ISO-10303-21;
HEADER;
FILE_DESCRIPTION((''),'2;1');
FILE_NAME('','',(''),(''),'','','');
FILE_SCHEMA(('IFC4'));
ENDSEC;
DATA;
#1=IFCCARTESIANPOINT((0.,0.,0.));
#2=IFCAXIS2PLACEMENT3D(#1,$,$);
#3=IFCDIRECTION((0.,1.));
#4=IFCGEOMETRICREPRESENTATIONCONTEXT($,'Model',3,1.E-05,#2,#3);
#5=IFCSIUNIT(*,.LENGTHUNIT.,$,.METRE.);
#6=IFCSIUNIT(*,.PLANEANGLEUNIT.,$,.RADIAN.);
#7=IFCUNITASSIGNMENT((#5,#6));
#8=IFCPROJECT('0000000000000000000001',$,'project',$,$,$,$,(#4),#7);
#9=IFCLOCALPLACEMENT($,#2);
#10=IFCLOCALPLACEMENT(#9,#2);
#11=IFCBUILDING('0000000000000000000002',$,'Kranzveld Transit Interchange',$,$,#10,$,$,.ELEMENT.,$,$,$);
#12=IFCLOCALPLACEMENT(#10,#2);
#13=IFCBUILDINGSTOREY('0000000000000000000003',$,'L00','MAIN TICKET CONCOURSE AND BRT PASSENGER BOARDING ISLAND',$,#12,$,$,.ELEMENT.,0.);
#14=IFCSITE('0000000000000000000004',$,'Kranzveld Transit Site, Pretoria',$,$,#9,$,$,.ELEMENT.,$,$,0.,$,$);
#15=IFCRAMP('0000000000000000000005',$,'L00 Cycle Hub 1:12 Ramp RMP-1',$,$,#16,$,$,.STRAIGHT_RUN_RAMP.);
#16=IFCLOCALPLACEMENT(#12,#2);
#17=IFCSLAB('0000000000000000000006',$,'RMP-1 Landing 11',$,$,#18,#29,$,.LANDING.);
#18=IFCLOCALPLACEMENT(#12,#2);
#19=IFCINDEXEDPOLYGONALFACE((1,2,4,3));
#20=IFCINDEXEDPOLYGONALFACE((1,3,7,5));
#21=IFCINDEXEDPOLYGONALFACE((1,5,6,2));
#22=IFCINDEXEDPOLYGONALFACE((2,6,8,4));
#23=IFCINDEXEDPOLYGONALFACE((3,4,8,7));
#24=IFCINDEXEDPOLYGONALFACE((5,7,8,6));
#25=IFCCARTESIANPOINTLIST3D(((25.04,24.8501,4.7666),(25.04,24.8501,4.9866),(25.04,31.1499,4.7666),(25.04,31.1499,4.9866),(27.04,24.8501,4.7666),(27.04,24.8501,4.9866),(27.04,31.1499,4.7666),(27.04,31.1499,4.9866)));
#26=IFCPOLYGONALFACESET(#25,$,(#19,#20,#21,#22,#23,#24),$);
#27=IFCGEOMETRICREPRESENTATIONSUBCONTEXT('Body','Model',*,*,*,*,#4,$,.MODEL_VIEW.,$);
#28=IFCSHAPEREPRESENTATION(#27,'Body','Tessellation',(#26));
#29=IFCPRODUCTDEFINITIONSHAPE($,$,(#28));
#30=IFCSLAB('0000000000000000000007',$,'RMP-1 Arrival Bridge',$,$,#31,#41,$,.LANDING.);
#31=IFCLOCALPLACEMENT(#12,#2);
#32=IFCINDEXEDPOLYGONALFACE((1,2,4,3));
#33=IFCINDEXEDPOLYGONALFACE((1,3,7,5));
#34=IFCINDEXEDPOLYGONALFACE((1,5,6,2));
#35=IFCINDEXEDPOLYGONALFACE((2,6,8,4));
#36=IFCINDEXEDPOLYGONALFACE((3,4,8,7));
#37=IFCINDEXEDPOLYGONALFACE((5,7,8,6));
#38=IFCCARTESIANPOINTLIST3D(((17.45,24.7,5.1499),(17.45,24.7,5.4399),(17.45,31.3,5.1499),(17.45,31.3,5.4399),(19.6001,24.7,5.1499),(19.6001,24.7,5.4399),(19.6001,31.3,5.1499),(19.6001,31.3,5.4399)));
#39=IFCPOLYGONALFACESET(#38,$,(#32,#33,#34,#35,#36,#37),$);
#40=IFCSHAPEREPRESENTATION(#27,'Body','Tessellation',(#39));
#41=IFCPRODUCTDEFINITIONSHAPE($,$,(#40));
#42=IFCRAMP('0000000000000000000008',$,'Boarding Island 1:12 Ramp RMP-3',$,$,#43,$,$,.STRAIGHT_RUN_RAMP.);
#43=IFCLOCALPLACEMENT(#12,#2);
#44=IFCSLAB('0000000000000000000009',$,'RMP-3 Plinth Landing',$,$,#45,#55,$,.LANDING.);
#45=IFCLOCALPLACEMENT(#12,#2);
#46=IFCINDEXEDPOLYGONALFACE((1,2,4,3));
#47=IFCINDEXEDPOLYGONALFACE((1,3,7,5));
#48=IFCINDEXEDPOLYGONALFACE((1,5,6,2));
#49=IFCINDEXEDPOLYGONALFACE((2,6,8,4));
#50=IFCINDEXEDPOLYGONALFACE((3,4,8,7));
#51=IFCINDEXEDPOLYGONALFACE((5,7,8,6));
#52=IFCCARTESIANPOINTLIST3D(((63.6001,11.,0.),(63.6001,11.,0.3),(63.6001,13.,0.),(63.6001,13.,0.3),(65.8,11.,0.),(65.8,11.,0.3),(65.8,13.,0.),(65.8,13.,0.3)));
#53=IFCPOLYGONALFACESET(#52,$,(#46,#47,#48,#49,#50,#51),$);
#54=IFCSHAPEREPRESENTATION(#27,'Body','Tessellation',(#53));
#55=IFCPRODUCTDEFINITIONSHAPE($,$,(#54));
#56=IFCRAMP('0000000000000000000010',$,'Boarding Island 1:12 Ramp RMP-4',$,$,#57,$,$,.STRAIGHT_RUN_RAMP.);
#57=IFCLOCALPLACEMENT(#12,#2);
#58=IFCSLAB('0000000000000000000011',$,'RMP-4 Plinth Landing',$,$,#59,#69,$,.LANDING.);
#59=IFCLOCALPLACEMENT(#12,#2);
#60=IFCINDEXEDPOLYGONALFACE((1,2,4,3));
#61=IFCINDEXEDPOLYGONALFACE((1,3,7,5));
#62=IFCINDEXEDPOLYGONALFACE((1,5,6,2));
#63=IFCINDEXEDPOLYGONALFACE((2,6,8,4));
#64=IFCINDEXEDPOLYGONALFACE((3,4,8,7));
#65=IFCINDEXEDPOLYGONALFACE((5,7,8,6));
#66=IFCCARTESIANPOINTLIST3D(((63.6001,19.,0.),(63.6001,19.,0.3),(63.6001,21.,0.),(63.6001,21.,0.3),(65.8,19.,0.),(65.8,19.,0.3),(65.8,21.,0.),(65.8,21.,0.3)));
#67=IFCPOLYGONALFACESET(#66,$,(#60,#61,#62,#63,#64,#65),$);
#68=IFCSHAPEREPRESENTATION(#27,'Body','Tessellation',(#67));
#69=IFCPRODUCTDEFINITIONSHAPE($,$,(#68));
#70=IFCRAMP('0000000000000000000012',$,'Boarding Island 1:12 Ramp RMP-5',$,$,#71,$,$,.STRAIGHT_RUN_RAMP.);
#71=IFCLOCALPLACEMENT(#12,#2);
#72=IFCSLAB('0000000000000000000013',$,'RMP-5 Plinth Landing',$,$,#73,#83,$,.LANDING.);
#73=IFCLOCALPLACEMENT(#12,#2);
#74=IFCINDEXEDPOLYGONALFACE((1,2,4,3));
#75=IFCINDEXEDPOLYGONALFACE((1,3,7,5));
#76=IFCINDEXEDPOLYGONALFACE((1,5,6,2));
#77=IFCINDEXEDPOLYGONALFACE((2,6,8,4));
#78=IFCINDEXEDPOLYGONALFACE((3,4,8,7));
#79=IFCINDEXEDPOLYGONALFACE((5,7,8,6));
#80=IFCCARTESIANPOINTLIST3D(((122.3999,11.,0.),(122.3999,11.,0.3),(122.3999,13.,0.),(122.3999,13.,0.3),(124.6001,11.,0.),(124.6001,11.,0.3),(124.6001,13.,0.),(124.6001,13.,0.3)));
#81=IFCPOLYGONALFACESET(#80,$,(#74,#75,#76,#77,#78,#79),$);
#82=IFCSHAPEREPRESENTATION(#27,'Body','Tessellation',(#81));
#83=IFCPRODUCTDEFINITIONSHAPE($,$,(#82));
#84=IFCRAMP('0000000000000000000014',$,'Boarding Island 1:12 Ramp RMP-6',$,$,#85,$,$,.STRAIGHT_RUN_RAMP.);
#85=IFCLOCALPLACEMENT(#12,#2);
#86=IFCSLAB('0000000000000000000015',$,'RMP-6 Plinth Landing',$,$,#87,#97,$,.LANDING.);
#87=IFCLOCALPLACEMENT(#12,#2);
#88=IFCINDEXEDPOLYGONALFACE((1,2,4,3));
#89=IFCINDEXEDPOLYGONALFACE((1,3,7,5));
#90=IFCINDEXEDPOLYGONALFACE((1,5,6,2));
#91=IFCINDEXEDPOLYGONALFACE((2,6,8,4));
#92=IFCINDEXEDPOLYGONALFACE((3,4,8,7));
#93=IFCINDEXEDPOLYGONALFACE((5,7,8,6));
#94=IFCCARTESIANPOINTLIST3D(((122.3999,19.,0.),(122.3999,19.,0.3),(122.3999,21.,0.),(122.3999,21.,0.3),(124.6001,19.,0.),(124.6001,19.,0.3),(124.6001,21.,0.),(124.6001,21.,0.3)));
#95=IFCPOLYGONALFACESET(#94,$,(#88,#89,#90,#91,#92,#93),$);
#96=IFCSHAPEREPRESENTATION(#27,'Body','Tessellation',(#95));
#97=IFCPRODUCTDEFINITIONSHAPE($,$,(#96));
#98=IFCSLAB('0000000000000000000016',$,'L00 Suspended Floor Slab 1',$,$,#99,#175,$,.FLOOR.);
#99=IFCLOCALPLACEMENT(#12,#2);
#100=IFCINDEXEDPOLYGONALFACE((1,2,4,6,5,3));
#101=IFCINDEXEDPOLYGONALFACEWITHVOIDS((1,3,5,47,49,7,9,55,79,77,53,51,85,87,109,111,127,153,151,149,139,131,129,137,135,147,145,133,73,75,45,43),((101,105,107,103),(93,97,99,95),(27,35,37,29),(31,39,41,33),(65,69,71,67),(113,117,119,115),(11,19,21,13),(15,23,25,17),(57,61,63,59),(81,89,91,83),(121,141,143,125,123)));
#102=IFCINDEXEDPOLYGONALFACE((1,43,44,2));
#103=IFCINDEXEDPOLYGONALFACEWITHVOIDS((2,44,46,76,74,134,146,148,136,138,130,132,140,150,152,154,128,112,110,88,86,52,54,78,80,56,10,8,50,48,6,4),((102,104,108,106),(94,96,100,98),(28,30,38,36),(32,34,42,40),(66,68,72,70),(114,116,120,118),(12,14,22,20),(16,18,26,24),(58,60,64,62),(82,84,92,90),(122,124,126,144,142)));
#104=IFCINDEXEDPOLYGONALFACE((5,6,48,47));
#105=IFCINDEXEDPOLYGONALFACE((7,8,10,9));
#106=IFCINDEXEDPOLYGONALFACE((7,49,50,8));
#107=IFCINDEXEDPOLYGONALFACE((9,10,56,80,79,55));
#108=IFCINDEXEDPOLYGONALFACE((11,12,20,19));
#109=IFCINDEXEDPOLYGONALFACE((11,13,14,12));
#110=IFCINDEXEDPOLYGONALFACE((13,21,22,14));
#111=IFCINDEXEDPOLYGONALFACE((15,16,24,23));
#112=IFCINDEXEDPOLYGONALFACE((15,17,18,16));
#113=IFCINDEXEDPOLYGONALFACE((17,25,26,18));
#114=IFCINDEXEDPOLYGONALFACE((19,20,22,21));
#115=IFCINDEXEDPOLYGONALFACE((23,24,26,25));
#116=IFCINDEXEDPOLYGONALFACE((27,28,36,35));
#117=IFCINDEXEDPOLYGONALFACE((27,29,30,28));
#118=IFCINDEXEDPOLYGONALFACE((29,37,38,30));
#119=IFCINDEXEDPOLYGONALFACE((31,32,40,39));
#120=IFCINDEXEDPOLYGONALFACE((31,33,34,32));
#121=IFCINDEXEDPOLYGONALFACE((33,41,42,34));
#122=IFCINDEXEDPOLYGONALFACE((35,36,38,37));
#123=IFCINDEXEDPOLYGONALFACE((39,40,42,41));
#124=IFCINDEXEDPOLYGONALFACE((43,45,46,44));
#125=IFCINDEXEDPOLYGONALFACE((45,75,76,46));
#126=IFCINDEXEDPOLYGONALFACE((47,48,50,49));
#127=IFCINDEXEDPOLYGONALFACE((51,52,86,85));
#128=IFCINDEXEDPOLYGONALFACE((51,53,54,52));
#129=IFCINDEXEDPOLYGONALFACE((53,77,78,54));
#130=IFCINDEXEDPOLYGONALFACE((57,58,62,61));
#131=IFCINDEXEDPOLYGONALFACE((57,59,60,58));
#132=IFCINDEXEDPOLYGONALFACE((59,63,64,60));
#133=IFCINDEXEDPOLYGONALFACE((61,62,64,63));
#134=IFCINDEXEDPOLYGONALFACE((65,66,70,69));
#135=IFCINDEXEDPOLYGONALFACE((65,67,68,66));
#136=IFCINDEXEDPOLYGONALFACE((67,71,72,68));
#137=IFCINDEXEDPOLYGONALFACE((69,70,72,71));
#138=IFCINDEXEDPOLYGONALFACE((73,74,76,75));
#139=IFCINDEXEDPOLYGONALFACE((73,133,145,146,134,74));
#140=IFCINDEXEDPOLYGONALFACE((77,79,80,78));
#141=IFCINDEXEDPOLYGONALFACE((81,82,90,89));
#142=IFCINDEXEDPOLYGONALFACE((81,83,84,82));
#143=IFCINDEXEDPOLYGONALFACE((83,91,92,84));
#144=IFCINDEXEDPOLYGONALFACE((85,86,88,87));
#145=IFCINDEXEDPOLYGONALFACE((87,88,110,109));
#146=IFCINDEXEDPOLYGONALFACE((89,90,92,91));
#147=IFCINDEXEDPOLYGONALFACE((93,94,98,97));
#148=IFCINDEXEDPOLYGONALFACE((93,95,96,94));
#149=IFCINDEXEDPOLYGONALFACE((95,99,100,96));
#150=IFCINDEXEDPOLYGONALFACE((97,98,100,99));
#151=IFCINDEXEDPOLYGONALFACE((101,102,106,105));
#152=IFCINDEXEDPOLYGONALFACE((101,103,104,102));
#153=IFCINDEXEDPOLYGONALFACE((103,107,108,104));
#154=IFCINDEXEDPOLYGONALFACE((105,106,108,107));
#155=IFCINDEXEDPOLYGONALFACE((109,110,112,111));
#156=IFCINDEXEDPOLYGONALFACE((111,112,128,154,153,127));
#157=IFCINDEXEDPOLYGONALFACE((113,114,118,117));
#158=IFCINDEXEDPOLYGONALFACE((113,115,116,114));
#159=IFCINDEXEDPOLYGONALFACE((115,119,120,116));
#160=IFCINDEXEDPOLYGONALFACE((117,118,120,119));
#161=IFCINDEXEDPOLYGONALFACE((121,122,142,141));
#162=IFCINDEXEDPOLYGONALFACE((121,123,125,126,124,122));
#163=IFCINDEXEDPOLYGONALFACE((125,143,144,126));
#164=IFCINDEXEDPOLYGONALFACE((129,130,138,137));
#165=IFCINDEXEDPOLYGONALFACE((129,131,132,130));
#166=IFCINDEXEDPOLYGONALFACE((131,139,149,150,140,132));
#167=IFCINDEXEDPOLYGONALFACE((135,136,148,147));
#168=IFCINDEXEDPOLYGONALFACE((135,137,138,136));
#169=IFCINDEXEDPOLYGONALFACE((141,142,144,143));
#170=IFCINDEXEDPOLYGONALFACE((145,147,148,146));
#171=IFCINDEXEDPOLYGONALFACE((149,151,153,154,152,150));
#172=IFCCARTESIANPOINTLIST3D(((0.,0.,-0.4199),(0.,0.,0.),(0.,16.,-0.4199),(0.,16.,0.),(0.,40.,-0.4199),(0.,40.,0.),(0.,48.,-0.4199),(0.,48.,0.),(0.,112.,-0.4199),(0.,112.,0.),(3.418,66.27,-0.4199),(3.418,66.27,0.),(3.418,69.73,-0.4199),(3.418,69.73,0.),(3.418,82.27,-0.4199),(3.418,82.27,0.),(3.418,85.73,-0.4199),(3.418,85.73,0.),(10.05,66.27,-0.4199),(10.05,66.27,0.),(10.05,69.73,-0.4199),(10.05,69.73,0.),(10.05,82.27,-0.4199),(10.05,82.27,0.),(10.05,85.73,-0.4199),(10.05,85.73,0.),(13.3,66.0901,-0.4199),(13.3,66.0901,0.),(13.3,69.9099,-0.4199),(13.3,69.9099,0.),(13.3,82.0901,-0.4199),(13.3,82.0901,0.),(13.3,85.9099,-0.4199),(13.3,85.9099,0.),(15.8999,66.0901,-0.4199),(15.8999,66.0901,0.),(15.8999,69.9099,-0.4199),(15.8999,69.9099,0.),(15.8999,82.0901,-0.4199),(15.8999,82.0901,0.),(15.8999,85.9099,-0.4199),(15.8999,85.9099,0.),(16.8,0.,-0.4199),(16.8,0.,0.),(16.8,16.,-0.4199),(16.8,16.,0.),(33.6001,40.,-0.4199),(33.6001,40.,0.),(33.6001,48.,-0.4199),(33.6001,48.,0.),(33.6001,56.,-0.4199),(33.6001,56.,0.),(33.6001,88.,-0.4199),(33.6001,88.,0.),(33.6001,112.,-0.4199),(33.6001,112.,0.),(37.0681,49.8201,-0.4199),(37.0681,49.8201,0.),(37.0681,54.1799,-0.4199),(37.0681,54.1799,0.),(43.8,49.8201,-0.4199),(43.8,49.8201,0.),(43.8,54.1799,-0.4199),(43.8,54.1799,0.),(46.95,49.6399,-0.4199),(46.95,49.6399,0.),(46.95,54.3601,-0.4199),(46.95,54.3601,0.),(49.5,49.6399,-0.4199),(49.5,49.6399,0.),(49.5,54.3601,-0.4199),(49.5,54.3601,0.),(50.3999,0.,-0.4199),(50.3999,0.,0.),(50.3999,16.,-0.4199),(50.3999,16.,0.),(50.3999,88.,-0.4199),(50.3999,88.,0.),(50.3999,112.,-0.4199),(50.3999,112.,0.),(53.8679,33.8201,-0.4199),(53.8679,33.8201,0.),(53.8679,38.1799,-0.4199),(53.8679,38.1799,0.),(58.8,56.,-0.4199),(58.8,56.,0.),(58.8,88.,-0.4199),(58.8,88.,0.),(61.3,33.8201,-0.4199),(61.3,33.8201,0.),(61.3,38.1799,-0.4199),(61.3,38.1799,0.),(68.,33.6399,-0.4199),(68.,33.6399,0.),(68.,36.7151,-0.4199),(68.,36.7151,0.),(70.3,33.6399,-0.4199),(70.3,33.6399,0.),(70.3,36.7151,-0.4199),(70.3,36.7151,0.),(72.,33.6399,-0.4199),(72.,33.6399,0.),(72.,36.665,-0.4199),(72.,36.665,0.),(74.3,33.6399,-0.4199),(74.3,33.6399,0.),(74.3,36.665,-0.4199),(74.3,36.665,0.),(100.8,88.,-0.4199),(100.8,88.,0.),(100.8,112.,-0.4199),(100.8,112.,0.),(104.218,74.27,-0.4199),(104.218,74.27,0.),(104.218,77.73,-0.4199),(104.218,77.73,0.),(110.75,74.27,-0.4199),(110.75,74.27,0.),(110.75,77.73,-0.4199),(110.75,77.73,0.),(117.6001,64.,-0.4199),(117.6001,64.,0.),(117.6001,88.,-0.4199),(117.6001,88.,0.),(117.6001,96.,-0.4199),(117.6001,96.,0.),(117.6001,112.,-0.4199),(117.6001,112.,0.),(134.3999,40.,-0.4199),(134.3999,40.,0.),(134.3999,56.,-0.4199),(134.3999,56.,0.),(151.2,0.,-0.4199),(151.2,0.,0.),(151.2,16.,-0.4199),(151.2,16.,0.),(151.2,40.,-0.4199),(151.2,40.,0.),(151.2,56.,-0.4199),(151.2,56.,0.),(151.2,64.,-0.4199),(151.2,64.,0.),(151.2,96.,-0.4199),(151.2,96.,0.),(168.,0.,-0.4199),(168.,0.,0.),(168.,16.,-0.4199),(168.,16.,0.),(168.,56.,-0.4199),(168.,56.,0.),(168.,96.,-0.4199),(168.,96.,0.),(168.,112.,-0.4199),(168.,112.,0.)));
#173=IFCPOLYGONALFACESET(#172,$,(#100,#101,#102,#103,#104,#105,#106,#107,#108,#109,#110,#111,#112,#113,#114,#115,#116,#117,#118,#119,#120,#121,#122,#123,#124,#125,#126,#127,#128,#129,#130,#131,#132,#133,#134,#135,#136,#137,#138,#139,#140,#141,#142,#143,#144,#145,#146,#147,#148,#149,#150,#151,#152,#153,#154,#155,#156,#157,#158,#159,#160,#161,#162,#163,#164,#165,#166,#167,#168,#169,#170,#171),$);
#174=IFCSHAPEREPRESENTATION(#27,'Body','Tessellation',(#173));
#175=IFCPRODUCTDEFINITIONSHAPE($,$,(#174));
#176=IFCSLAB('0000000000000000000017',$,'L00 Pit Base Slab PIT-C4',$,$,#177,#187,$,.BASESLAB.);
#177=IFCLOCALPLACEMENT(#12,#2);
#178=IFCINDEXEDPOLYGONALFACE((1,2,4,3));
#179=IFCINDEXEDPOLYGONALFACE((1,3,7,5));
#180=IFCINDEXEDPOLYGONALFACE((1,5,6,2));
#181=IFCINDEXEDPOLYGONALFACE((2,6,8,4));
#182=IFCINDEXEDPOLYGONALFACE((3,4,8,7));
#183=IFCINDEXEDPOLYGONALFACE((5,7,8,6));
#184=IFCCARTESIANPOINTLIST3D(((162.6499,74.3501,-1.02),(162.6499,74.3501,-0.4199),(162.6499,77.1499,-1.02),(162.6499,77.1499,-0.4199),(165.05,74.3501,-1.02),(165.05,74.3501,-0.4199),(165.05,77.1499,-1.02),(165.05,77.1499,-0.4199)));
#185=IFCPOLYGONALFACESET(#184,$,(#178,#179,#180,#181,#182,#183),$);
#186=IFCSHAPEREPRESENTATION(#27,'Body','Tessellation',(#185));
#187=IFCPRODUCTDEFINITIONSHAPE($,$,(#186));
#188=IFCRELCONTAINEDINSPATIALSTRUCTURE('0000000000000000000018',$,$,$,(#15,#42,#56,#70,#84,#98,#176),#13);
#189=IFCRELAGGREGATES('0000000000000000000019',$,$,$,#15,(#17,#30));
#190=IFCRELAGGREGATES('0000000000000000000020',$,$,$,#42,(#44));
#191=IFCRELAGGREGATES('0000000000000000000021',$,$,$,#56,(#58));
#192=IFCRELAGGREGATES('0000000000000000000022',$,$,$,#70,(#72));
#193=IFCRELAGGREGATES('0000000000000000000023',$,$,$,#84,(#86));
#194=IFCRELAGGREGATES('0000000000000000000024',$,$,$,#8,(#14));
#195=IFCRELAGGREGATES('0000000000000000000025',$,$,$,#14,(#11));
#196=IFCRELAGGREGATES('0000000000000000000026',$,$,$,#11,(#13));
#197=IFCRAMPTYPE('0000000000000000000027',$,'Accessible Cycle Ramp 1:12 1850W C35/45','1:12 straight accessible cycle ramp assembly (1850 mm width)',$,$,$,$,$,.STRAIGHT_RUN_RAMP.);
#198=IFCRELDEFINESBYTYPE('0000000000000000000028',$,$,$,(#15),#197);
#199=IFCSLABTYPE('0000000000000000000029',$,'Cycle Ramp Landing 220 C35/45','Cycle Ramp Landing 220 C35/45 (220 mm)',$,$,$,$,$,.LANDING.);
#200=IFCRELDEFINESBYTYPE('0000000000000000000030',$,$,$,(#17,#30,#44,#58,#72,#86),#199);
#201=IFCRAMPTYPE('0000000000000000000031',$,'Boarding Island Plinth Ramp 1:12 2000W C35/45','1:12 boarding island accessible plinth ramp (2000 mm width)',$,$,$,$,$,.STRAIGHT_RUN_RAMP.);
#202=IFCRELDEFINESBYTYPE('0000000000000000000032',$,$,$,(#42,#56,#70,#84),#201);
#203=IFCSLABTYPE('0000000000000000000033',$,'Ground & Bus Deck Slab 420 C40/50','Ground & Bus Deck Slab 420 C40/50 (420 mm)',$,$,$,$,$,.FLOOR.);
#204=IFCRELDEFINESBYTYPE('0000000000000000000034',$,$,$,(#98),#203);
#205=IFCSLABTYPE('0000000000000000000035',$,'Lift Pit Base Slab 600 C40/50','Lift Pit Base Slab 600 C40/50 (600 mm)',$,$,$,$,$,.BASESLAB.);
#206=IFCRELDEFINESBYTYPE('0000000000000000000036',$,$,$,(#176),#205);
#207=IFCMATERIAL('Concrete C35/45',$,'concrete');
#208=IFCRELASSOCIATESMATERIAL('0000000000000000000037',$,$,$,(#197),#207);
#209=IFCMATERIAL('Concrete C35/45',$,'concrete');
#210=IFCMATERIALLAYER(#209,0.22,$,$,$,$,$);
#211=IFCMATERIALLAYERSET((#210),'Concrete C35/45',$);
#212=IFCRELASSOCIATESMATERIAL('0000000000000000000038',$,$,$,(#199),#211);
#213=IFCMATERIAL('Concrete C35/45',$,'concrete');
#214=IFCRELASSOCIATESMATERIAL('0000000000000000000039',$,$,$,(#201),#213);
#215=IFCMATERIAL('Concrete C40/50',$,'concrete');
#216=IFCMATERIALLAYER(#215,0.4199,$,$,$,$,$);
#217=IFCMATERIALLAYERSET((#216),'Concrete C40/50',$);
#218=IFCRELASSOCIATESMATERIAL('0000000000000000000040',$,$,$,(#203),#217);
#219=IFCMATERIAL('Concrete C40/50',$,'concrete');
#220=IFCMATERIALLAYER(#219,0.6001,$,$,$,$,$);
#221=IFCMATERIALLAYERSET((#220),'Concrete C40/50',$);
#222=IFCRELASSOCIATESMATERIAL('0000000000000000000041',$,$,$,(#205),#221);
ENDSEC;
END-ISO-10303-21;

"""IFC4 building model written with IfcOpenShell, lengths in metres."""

from ifc_helpers import new_model, si_unit, direction, frame, origin, place, context, subcontext, project, spatial, polyline, outline, extrude, material, layer, layer_set, type_object, element, aggregate, save


model = new_model("IFC4")

# Units and contexts
model_context = context("Model", 3, precision=1e-05, world=origin(), true_north=direction((0.0, 1.0)))
body_context = subcontext(model_context, "Body", "Model", "MODEL_VIEW")
ifc_project = project(units=[si_unit("LENGTHUNIT", "METRE"), si_unit("PLANEANGLEUNIT", "RADIAN")], contexts=[model_context])

# Site, building, storey
site_placement = place(None, origin())
site = spatial("IfcSite", under=ifc_project, at=site_placement, Name="Kranzveld Transit Site, Pretoria", CompositionType="ELEMENT", RefElevation=0.0)
building_placement = place(site_placement, origin())
building = spatial("IfcBuilding", under=site, at=building_placement, Name="Kranzveld Transit Interchange", CompositionType="ELEMENT")
storey_placement = place(building_placement, origin())
storey = spatial("IfcBuildingStorey", under=building, at=storey_placement, Name="L00", Description="MAIN TICKET CONCOURSE AND BRT PASSENGER BOARDING ISLAND", CompositionType="ELEMENT", Elevation=0.0)

# Ramp, slabs
ifc_material_1 = material(Name="Concrete C35/45", Category="concrete")
ramp_type_1 = type_object("IfcRampType", Name="Accessible Cycle Ramp 1:12 1850W C35/45", Description="1:12 straight accessible cycle ramp assembly (1850 mm width)", PredefinedType="STRAIGHT_RUN_RAMP", material=ifc_material_1)
ramp_1_placement = place(storey_placement, origin())
ramp_1 = element("IfcRamp", 1, at=ramp_1_placement, inside=storey, type_object=ramp_type_1, Name="L00 Cycle Hub 1:12 Ramp RMP-1", PredefinedType="STRAIGHT_RUN_RAMP")
ifc_material_2 = material(Name="Concrete C35/45", Category="concrete")
ifc_layer_1 = layer(ifc_material_2, 0.22)
ifc_layer_set_1 = layer_set([ifc_layer_1], Name="Concrete C35/45")
slab_type_1 = type_object("IfcSlabType", Name="Cycle Ramp Landing 220 C35/45", Description="Cycle Ramp Landing 220 C35/45 (220 mm)", PredefinedType="LANDING", material=ifc_layer_set_1)
slab_1_placement = place(storey_placement, frame((0.0, 0.0, 4.7666)))
slab_1 = element("IfcSlab", 2, at=slab_1_placement, type_object=slab_type_1, Name="RMP-1 Landing 11", PredefinedType="LANDING", context=body_context, shape_type="SweptSolid", body=[
    extrude(outline(polyline([(25.04, 24.8501), (27.04, 24.8501), (27.04, 31.1499), (25.04, 31.1499), (25.04, 24.8501)])), origin(), (0.0, 0.0, 1.0), 0.22),
])
slab_2_placement = place(storey_placement, frame((0.0, 0.0, 5.1499)))
slab_2 = element("IfcSlab", 3, at=slab_2_placement, type_object=slab_type_1, Name="RMP-1 Arrival Bridge", PredefinedType="LANDING", context=body_context, shape_type="SweptSolid", body=[
    extrude(outline(polyline([(17.45, 24.7), (19.6001, 24.7), (19.6001, 31.3), (17.45, 31.3), (17.45, 24.7)])), origin(), (0.0, 0.0, 1.0), 0.29),
])
aggregate(ramp_1, [slab_1, slab_2])

# Ramps, slabs
ifc_material_3 = material(Name="Concrete C35/45", Category="concrete")
ramp_type_2 = type_object("IfcRampType", Name="Boarding Island Plinth Ramp 1:12 2000W C35/45", Description="1:12 boarding island accessible plinth ramp (2000 mm width)", PredefinedType="STRAIGHT_RUN_RAMP", material=ifc_material_3)
ramp_2_placement = place(storey_placement, origin())
ramp_2 = element("IfcRamp", 4, at=ramp_2_placement, inside=storey, type_object=ramp_type_2, Name="Boarding Island 1:12 Ramp RMP-3", PredefinedType="STRAIGHT_RUN_RAMP")
slab_3_placement = place(storey_placement, origin())
slab_3 = element("IfcSlab", 5, at=slab_3_placement, type_object=slab_type_1, Name="RMP-3 Plinth Landing", PredefinedType="LANDING", context=body_context, shape_type="SweptSolid", body=[
    extrude(outline(polyline([(63.6001, 11.0), (65.8, 11.0), (65.8, 13.0), (63.6001, 13.0), (63.6001, 11.0)])), origin(), (0.0, 0.0, 1.0), 0.3),
])
aggregate(ramp_2, [slab_3])
ramp_3_placement = place(storey_placement, origin())
ramp_3 = element("IfcRamp", 6, at=ramp_3_placement, inside=storey, type_object=ramp_type_2, Name="Boarding Island 1:12 Ramp RMP-4", PredefinedType="STRAIGHT_RUN_RAMP")
slab_4_placement = place(storey_placement, origin())
slab_4 = element("IfcSlab", 7, at=slab_4_placement, type_object=slab_type_1, Name="RMP-4 Plinth Landing", PredefinedType="LANDING", context=body_context, shape_type="SweptSolid", body=[
    extrude(outline(polyline([(63.6001, 19.0), (65.8, 19.0), (65.8, 21.0), (63.6001, 21.0), (63.6001, 19.0)])), origin(), (0.0, 0.0, 1.0), 0.3),
])
aggregate(ramp_3, [slab_4])
ramp_4_placement = place(storey_placement, origin())
ramp_4 = element("IfcRamp", 8, at=ramp_4_placement, inside=storey, type_object=ramp_type_2, Name="Boarding Island 1:12 Ramp RMP-5", PredefinedType="STRAIGHT_RUN_RAMP")
slab_5_placement = place(storey_placement, origin())
slab_5 = element("IfcSlab", 9, at=slab_5_placement, type_object=slab_type_1, Name="RMP-5 Plinth Landing", PredefinedType="LANDING", context=body_context, shape_type="SweptSolid", body=[
    extrude(outline(polyline([(122.3999, 11.0), (124.6001, 11.0), (124.6001, 13.0), (122.3999, 13.0), (122.3999, 11.0)])), origin(), (0.0, 0.0, 1.0), 0.3),
])
aggregate(ramp_4, [slab_5])
ramp_5_placement = place(storey_placement, origin())
ramp_5 = element("IfcRamp", 10, at=ramp_5_placement, inside=storey, type_object=ramp_type_2, Name="Boarding Island 1:12 Ramp RMP-6", PredefinedType="STRAIGHT_RUN_RAMP")
slab_6_placement = place(storey_placement, origin())
slab_6 = element("IfcSlab", 11, at=slab_6_placement, type_object=slab_type_1, Name="RMP-6 Plinth Landing", PredefinedType="LANDING", context=body_context, shape_type="SweptSolid", body=[
    extrude(outline(polyline([(122.3999, 19.0), (124.6001, 19.0), (124.6001, 21.0), (122.3999, 21.0), (122.3999, 19.0)])), origin(), (0.0, 0.0, 1.0), 0.3),
])
aggregate(ramp_5, [slab_6])

# Slabs
ifc_material_4 = material(Name="Concrete C40/50", Category="concrete")
ifc_layer_2 = layer(ifc_material_4, 0.4199)
ifc_layer_set_2 = layer_set([ifc_layer_2], Name="Concrete C40/50")
slab_type_2 = type_object("IfcSlabType", Name="Ground & Bus Deck Slab 420 C40/50", Description="Ground & Bus Deck Slab 420 C40/50 (420 mm)", PredefinedType="FLOOR", material=ifc_layer_set_2)
slab_7_placement = place(storey_placement, frame((0.0, 0.0, -0.4199)))
element("IfcSlab", 12, at=slab_7_placement, inside=storey, type_object=slab_type_2, Name="L00 Suspended Floor Slab 1", PredefinedType="FLOOR", context=body_context, shape_type="SweptSolid", body=[
    extrude(outline(polyline([(0.0, 40.0), (33.6001, 40.0), (33.6001, 48.0), (0.0, 48.0), (0.0, 112.0), (33.6001, 112.0), (50.3999, 112.0), (50.3999, 88.0), (33.6001, 88.0), (33.6001, 56.0), (58.8, 56.0), (58.8, 88.0), (100.8, 88.0), (100.8, 112.0), (117.6001, 112.0), (168.0, 112.0), (168.0, 96.0), (168.0, 56.0), (151.2, 56.0), (134.3999, 56.0), (134.3999, 40.0), (151.2, 40.0), (151.2, 16.0), (168.0, 16.0), (168.0, 0.0), (151.2, 0.0), (50.3999, 0.0), (50.3999, 16.0), (16.8, 16.0), (16.8, 0.0), (0.0, 0.0), (0.0, 16.0), (0.0, 40.0)]), holes=[polyline([(151.2, 64.0), (151.2, 96.0), (117.6001, 96.0), (117.6001, 88.0), (117.6001, 64.0), (151.2, 64.0)]), polyline([(72.0, 36.665), (72.0, 33.6399), (74.3, 33.6399), (74.3, 36.665), (72.0, 36.665)]), polyline([(68.0, 36.7151), (68.0, 33.6399), (70.3, 33.6399), (70.3, 36.7151), (68.0, 36.7151)]), polyline([(61.3, 38.1799), (53.8679, 38.1799), (53.8679, 33.8201), (61.3, 33.8201), (61.3, 38.1799)]), polyline([(43.8, 49.8201), (43.8, 54.1799), (37.0681, 54.1799), (37.0681, 49.8201), (43.8, 49.8201)]), polyline([(49.5, 54.3601), (46.95, 54.3601), (46.95, 49.6399), (49.5, 49.6399), (49.5, 54.3601)]), polyline([(10.05, 69.73), (3.418, 69.73), (3.418, 66.27), (10.05, 66.27), (10.05, 69.73)]), polyline([(13.3, 69.9099), (13.3, 66.0901), (15.8999, 66.0901), (15.8999, 69.9099), (13.3, 69.9099)]), polyline([(110.75, 77.73), (104.218, 77.73), (104.218, 74.27), (110.75, 74.27), (110.75, 77.73)]), polyline([(10.05, 82.27), (10.05, 85.73), (3.418, 85.73), (3.418, 82.27), (10.05, 82.27)]), polyline([(15.8999, 85.9099), (13.3, 85.9099), (13.3, 82.0901), (15.8999, 82.0901), (15.8999, 85.9099)])]), origin(), (0.0, 0.0, 1.0), 0.4199),
])
ifc_material_5 = material(Name="Concrete C40/50", Category="concrete")
ifc_layer_3 = layer(ifc_material_5, 0.6001)
ifc_layer_set_3 = layer_set([ifc_layer_3], Name="Concrete C40/50")
slab_type_3 = type_object("IfcSlabType", Name="Lift Pit Base Slab 600 C40/50", Description="Lift Pit Base Slab 600 C40/50 (600 mm)", PredefinedType="BASESLAB", material=ifc_layer_set_3)
slab_8_placement = place(storey_placement, frame((0.0, 0.0, -1.02)))
element("IfcSlab", 13, at=slab_8_placement, inside=storey, type_object=slab_type_3, Name="L00 Pit Base Slab PIT-C4", PredefinedType="BASESLAB", context=body_context, shape_type="SweptSolid", body=[
    extrude(outline(polyline([(162.6499, 74.3501), (165.05, 74.3501), (165.05, 77.1499), (162.6499, 77.1499), (162.6499, 74.3501)])), origin(), (0.0, 0.0, 1.0), 0.6001),
])

save(model, "model.ifc")
